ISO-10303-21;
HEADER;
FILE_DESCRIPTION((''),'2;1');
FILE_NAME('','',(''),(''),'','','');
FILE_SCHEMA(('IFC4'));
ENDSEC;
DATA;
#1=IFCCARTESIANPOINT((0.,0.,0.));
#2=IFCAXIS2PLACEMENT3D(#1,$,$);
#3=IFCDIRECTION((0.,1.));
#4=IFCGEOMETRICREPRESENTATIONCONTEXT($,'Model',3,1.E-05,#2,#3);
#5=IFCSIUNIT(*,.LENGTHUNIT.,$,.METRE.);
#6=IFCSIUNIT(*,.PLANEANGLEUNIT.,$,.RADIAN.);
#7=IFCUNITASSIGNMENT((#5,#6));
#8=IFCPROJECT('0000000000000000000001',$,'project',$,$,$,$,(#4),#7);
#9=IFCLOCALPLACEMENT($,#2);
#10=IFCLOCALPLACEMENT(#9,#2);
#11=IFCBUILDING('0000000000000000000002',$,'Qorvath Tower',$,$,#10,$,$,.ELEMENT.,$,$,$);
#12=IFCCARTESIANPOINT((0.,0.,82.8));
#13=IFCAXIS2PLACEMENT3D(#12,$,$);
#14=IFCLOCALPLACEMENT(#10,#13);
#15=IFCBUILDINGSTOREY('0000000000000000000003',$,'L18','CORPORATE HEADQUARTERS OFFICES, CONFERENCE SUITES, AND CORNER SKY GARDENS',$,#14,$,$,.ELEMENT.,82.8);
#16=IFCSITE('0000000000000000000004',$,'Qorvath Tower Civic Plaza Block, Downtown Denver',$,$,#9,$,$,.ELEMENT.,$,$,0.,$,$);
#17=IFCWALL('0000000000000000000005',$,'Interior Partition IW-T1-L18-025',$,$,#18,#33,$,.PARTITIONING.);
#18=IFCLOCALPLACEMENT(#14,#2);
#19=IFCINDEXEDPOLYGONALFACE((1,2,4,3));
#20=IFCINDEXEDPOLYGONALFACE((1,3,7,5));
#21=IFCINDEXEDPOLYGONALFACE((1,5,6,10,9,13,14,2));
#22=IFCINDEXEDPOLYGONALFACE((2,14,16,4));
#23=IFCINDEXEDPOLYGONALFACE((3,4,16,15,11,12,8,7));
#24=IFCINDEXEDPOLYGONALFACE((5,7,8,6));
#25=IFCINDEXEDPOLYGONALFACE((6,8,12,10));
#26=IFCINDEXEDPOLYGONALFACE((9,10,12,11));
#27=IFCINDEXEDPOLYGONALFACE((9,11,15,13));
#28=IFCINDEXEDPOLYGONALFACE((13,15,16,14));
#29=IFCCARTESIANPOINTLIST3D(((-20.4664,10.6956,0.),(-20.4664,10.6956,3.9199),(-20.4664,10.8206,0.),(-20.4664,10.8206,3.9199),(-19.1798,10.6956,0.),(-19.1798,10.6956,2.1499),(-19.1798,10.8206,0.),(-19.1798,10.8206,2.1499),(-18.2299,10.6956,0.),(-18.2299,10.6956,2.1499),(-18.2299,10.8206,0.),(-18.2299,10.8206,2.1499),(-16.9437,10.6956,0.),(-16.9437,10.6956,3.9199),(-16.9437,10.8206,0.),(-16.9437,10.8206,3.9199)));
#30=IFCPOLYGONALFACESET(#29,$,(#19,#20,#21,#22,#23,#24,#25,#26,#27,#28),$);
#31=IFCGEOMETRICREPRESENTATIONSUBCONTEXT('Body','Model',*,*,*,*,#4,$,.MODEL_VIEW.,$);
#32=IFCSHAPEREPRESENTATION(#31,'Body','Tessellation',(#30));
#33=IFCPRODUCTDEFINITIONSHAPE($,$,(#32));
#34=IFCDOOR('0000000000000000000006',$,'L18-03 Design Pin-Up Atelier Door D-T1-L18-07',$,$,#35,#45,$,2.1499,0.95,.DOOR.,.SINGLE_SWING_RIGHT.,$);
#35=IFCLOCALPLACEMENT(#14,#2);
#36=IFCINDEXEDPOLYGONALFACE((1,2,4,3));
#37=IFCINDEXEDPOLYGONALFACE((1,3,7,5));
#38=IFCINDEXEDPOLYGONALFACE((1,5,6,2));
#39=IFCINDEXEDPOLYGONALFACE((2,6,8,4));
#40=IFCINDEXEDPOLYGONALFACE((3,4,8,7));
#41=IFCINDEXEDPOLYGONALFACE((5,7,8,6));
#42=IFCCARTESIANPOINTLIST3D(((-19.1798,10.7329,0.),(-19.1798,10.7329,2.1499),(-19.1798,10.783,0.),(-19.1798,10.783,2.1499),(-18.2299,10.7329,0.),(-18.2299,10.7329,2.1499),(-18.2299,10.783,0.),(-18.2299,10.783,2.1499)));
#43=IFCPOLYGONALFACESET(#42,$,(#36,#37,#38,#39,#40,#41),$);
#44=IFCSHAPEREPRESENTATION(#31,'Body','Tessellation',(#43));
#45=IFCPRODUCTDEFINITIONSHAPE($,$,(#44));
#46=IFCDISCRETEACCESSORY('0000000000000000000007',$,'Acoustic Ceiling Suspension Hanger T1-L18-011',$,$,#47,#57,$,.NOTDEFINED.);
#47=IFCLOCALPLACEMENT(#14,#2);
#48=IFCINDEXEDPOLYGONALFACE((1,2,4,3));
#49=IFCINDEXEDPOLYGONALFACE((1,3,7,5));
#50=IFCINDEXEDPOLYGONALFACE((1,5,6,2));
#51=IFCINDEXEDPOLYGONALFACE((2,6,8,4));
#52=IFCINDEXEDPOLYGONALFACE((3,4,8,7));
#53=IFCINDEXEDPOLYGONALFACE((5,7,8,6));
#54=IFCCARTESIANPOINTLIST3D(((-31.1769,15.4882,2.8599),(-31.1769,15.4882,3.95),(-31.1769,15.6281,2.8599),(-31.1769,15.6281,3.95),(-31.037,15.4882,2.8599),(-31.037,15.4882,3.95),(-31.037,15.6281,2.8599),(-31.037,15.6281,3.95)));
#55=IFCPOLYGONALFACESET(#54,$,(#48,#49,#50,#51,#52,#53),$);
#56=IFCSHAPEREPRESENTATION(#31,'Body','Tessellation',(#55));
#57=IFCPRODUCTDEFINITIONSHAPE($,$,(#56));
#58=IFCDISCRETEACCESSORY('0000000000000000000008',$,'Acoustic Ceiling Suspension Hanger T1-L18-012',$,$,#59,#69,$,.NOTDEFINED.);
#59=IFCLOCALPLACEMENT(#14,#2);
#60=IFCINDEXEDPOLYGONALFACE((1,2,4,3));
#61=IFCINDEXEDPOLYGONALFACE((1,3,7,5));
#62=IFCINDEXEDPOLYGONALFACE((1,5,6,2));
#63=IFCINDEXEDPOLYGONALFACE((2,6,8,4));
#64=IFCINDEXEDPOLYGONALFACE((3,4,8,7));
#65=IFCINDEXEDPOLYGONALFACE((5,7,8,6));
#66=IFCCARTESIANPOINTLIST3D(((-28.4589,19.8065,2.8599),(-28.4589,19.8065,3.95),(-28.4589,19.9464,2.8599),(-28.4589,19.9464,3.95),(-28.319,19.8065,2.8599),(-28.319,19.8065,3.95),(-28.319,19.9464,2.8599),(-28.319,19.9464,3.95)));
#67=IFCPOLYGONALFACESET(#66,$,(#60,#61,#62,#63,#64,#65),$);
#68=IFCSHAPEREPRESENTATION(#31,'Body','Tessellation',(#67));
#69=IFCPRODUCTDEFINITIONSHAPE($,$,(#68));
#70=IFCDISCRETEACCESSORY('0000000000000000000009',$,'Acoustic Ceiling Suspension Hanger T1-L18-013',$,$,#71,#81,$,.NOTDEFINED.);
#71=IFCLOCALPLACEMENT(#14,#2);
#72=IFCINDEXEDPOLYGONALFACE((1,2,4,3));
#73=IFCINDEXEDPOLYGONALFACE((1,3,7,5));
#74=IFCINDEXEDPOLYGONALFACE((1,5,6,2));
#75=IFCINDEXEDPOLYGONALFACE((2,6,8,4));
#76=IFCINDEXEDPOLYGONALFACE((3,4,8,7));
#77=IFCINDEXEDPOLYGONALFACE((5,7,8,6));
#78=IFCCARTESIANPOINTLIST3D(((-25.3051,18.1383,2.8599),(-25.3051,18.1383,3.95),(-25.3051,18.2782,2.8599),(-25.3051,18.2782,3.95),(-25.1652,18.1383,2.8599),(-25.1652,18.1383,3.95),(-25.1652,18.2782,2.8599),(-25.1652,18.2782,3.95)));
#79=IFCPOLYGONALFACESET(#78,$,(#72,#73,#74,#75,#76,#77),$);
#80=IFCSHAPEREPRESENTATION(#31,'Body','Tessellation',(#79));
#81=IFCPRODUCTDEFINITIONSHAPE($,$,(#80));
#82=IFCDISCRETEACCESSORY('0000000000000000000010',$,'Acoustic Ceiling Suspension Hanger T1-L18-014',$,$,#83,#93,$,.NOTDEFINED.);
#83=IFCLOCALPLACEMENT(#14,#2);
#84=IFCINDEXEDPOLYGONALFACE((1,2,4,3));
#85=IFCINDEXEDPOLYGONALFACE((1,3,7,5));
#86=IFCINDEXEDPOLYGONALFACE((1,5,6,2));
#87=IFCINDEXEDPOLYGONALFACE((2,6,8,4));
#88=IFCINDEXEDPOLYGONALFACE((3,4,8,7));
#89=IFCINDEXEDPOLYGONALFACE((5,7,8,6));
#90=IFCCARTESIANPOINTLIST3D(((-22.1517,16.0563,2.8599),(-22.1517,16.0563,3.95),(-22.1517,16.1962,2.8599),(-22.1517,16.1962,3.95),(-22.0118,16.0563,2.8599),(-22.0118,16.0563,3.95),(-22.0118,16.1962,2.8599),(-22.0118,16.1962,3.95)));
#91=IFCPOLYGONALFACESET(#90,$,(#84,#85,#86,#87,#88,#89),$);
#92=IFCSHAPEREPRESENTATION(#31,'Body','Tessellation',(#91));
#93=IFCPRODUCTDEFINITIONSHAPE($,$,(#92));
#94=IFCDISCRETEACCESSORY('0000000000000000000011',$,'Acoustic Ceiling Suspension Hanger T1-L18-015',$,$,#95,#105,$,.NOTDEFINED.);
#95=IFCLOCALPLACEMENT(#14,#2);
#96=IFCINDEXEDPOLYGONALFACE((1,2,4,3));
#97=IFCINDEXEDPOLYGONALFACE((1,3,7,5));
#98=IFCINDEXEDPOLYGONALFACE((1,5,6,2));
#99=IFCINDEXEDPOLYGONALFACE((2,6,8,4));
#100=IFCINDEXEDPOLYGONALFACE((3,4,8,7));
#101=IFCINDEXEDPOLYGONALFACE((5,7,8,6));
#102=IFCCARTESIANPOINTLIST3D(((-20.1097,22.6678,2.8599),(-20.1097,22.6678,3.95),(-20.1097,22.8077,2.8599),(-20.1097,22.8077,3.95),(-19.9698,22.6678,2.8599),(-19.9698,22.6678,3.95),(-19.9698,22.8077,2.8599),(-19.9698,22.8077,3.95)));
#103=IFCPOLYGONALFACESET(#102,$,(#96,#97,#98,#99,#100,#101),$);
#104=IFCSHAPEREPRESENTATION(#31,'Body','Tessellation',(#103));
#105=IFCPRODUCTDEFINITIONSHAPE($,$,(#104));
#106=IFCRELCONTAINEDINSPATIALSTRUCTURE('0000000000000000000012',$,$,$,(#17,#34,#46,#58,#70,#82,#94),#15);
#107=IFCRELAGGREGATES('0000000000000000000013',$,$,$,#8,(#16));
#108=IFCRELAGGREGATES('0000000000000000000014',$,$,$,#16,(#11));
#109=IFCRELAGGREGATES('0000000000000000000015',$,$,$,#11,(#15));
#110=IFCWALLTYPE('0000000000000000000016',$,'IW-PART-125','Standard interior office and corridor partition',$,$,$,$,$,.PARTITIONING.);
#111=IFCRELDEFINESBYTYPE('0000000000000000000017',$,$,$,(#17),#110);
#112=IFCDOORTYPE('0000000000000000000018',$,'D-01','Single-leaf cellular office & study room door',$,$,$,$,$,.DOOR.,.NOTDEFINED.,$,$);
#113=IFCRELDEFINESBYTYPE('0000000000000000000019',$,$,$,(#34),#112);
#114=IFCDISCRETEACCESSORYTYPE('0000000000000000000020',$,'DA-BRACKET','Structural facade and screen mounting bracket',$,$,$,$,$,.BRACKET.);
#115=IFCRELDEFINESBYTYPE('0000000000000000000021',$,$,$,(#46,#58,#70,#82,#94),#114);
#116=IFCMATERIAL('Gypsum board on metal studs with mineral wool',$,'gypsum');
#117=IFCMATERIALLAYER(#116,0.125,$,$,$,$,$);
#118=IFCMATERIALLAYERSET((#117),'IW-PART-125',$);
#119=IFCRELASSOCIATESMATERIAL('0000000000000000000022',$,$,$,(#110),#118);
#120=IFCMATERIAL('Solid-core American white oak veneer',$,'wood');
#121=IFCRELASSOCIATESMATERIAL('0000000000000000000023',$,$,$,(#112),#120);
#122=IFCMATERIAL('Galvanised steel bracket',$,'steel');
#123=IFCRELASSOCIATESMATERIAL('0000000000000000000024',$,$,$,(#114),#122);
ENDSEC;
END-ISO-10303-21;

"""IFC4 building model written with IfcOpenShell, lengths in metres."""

from ifc_helpers import new_model, si_unit, direction, frame, frame_2d, origin, origin_2d, place, context, subcontext, project, spatial, rectangle, extrude, material, layer, layer_set, type_object, element, fill, save


model = new_model("IFC4")

# Units and contexts
model_context = context("Model", 3, precision=1e-05, world=origin(), true_north=direction((0.0, 1.0)))
body_context = subcontext(model_context, "Body", "Model", "MODEL_VIEW")
ifc_project = project(units=[si_unit("LENGTHUNIT", "METRE"), si_unit("PLANEANGLEUNIT", "RADIAN")], contexts=[model_context])

# Site, building, storey
site_placement = place(None, origin())
site = spatial("IfcSite", under=ifc_project, at=site_placement, Name="Qorvath Tower Civic Plaza Block, Downtown Denver", CompositionType="ELEMENT", RefElevation=0.0)
building_placement = place(site_placement, origin())
building = spatial("IfcBuilding", under=site, at=building_placement, Name="Qorvath Tower", CompositionType="ELEMENT")
storey_placement = place(building_placement, frame((0.0, 0.0, 82.8)))
storey = spatial("IfcBuildingStorey", under=building, at=storey_placement, Name="L18", Description="CORPORATE HEADQUARTERS OFFICES, CONFERENCE SUITES, AND CORNER SKY GARDENS", CompositionType="ELEMENT", Elevation=82.8)

# Shared definitions
ifc_material_1 = material(Name="Gypsum board on metal studs with mineral wool", Category="gypsum")
ifc_layer_1 = layer(ifc_material_1, 0.125)
ifc_layer_set_1 = layer_set([ifc_layer_1], Name="IW-PART-125")
wall_type_1 = type_object("IfcWallType", Name="IW-PART-125", Description="Standard interior office and corridor partition", PredefinedType="PARTITIONING", material=ifc_layer_set_1)
ifc_material_2 = material(Name="Solid-core American white oak veneer", Category="wood")
door_type = type_object("IfcDoorType", Name="D-01", Description="Single-leaf cellular office & study room door", OperationType="NOTDEFINED", PredefinedType="DOOR", material=ifc_material_2)

# Wall, opening, door
wall_1_placement = place(storey_placement, frame((-20.4663, 10.7581, 0.0), z_axis=(0.0, 0.0, 1.0), x_axis=(1.0, 0.0, 0.0)))
wall_1 = element("IfcWall", 1, at=wall_1_placement, inside=storey, type_object=wall_type_1, Name="Interior Partition IW-T1-L18-025", PredefinedType="PARTITIONING", context=body_context, shape_type="SweptSolid", body=[
    extrude(rectangle(XDim=3.5227, YDim=0.125, at=frame_2d((1.7612, 0.0))), origin(), (0.0, 0.0, 1.0), 3.9199),
])
opening_1_placement = place(wall_1_placement, frame((1.2864, 0.0, 0.0)))
opening_1 = element("IfcOpeningElement", 2, at=opening_1_placement, cuts=wall_1, PredefinedType="OPENING", context=body_context, shape_type="SweptSolid", body=[
    extrude(rectangle(XDim=0.95, YDim=2.1499, at=frame_2d((0.4751, 1.075))), frame((0.0, 0.0725, 0.0), z_axis=(0.0, -1.0, 0.0), x_axis=(1.0, 0.0, 0.0)), (0.0, 0.0, 1.0), 0.145),
])
door_1_placement = place(opening_1_placement, origin())
door_1 = element("IfcDoor", 3, at=door_1_placement, inside=storey, type_object=door_type, Name="L18-03 Design Pin-Up Atelier Door D-T1-L18-07", OperationType="SINGLE_SWING_RIGHT", OverallHeight=2.1499, OverallWidth=0.95, PredefinedType="DOOR", context=body_context, shape_type="SweptSolid", body=[
    extrude(rectangle(XDim=0.95, YDim=2.1499, at=frame_2d((0.4751, 1.075))), frame((0.0, 0.0249, 0.0), z_axis=(0.0, -1.0, 0.0), x_axis=(1.0, 0.0, 0.0)), (0.0, 0.0, 1.0), 0.05),
])
fill(opening_1, door_1)

# Discrete accessories
ifc_material_3 = material(Name="Galvanised steel bracket", Category="steel")
discrete_accessory_type = type_object("IfcDiscreteAccessoryType", Name="DA-BRACKET", Description="Structural facade and screen mounting bracket", PredefinedType="BRACKET", material=ifc_material_3)
for number, where, z_axis, x_axis, name in (
    (4, (-31.1069, 15.5581, 2.8599), (0.0, 0.0, 1.0), (1.0, 0.0, 0.0), "Acoustic Ceiling Suspension Hanger T1-L18-011"),
    (5, (-28.3889, 19.8765, 2.8599), (0.0, 0.0, 1.0), (1.0, 0.0, 0.0), "Acoustic Ceiling Suspension Hanger T1-L18-012"),
    (6, (-25.2351, 18.2083, 2.8599), (0.0, 0.0, 1.0), (1.0, 0.0, 0.0), "Acoustic Ceiling Suspension Hanger T1-L18-013"),
    (7, (-22.0818, 16.1262, 2.8599), (0.0, 0.0, 1.0), (1.0, 0.0, 0.0), "Acoustic Ceiling Suspension Hanger T1-L18-014"),
    (8, (-20.0398, 22.7378, 2.8599), (0.0, 0.0, 1.0), (1.0, 0.0, 0.0), "Acoustic Ceiling Suspension Hanger T1-L18-015"),
):
    element("IfcDiscreteAccessory", number, at=place(storey_placement, frame(where, z_axis=z_axis, x_axis=x_axis)), inside=storey, type_object=discrete_accessory_type, Name=name, PredefinedType="NOTDEFINED", context=body_context, shape_type="SweptSolid", body=[
        extrude(rectangle(XDim=0.1399, YDim=0.1399, at=origin_2d()), origin(), (0.0, 0.0, 1.0), 1.0901),
    ])

save(model, "model.ifc")
